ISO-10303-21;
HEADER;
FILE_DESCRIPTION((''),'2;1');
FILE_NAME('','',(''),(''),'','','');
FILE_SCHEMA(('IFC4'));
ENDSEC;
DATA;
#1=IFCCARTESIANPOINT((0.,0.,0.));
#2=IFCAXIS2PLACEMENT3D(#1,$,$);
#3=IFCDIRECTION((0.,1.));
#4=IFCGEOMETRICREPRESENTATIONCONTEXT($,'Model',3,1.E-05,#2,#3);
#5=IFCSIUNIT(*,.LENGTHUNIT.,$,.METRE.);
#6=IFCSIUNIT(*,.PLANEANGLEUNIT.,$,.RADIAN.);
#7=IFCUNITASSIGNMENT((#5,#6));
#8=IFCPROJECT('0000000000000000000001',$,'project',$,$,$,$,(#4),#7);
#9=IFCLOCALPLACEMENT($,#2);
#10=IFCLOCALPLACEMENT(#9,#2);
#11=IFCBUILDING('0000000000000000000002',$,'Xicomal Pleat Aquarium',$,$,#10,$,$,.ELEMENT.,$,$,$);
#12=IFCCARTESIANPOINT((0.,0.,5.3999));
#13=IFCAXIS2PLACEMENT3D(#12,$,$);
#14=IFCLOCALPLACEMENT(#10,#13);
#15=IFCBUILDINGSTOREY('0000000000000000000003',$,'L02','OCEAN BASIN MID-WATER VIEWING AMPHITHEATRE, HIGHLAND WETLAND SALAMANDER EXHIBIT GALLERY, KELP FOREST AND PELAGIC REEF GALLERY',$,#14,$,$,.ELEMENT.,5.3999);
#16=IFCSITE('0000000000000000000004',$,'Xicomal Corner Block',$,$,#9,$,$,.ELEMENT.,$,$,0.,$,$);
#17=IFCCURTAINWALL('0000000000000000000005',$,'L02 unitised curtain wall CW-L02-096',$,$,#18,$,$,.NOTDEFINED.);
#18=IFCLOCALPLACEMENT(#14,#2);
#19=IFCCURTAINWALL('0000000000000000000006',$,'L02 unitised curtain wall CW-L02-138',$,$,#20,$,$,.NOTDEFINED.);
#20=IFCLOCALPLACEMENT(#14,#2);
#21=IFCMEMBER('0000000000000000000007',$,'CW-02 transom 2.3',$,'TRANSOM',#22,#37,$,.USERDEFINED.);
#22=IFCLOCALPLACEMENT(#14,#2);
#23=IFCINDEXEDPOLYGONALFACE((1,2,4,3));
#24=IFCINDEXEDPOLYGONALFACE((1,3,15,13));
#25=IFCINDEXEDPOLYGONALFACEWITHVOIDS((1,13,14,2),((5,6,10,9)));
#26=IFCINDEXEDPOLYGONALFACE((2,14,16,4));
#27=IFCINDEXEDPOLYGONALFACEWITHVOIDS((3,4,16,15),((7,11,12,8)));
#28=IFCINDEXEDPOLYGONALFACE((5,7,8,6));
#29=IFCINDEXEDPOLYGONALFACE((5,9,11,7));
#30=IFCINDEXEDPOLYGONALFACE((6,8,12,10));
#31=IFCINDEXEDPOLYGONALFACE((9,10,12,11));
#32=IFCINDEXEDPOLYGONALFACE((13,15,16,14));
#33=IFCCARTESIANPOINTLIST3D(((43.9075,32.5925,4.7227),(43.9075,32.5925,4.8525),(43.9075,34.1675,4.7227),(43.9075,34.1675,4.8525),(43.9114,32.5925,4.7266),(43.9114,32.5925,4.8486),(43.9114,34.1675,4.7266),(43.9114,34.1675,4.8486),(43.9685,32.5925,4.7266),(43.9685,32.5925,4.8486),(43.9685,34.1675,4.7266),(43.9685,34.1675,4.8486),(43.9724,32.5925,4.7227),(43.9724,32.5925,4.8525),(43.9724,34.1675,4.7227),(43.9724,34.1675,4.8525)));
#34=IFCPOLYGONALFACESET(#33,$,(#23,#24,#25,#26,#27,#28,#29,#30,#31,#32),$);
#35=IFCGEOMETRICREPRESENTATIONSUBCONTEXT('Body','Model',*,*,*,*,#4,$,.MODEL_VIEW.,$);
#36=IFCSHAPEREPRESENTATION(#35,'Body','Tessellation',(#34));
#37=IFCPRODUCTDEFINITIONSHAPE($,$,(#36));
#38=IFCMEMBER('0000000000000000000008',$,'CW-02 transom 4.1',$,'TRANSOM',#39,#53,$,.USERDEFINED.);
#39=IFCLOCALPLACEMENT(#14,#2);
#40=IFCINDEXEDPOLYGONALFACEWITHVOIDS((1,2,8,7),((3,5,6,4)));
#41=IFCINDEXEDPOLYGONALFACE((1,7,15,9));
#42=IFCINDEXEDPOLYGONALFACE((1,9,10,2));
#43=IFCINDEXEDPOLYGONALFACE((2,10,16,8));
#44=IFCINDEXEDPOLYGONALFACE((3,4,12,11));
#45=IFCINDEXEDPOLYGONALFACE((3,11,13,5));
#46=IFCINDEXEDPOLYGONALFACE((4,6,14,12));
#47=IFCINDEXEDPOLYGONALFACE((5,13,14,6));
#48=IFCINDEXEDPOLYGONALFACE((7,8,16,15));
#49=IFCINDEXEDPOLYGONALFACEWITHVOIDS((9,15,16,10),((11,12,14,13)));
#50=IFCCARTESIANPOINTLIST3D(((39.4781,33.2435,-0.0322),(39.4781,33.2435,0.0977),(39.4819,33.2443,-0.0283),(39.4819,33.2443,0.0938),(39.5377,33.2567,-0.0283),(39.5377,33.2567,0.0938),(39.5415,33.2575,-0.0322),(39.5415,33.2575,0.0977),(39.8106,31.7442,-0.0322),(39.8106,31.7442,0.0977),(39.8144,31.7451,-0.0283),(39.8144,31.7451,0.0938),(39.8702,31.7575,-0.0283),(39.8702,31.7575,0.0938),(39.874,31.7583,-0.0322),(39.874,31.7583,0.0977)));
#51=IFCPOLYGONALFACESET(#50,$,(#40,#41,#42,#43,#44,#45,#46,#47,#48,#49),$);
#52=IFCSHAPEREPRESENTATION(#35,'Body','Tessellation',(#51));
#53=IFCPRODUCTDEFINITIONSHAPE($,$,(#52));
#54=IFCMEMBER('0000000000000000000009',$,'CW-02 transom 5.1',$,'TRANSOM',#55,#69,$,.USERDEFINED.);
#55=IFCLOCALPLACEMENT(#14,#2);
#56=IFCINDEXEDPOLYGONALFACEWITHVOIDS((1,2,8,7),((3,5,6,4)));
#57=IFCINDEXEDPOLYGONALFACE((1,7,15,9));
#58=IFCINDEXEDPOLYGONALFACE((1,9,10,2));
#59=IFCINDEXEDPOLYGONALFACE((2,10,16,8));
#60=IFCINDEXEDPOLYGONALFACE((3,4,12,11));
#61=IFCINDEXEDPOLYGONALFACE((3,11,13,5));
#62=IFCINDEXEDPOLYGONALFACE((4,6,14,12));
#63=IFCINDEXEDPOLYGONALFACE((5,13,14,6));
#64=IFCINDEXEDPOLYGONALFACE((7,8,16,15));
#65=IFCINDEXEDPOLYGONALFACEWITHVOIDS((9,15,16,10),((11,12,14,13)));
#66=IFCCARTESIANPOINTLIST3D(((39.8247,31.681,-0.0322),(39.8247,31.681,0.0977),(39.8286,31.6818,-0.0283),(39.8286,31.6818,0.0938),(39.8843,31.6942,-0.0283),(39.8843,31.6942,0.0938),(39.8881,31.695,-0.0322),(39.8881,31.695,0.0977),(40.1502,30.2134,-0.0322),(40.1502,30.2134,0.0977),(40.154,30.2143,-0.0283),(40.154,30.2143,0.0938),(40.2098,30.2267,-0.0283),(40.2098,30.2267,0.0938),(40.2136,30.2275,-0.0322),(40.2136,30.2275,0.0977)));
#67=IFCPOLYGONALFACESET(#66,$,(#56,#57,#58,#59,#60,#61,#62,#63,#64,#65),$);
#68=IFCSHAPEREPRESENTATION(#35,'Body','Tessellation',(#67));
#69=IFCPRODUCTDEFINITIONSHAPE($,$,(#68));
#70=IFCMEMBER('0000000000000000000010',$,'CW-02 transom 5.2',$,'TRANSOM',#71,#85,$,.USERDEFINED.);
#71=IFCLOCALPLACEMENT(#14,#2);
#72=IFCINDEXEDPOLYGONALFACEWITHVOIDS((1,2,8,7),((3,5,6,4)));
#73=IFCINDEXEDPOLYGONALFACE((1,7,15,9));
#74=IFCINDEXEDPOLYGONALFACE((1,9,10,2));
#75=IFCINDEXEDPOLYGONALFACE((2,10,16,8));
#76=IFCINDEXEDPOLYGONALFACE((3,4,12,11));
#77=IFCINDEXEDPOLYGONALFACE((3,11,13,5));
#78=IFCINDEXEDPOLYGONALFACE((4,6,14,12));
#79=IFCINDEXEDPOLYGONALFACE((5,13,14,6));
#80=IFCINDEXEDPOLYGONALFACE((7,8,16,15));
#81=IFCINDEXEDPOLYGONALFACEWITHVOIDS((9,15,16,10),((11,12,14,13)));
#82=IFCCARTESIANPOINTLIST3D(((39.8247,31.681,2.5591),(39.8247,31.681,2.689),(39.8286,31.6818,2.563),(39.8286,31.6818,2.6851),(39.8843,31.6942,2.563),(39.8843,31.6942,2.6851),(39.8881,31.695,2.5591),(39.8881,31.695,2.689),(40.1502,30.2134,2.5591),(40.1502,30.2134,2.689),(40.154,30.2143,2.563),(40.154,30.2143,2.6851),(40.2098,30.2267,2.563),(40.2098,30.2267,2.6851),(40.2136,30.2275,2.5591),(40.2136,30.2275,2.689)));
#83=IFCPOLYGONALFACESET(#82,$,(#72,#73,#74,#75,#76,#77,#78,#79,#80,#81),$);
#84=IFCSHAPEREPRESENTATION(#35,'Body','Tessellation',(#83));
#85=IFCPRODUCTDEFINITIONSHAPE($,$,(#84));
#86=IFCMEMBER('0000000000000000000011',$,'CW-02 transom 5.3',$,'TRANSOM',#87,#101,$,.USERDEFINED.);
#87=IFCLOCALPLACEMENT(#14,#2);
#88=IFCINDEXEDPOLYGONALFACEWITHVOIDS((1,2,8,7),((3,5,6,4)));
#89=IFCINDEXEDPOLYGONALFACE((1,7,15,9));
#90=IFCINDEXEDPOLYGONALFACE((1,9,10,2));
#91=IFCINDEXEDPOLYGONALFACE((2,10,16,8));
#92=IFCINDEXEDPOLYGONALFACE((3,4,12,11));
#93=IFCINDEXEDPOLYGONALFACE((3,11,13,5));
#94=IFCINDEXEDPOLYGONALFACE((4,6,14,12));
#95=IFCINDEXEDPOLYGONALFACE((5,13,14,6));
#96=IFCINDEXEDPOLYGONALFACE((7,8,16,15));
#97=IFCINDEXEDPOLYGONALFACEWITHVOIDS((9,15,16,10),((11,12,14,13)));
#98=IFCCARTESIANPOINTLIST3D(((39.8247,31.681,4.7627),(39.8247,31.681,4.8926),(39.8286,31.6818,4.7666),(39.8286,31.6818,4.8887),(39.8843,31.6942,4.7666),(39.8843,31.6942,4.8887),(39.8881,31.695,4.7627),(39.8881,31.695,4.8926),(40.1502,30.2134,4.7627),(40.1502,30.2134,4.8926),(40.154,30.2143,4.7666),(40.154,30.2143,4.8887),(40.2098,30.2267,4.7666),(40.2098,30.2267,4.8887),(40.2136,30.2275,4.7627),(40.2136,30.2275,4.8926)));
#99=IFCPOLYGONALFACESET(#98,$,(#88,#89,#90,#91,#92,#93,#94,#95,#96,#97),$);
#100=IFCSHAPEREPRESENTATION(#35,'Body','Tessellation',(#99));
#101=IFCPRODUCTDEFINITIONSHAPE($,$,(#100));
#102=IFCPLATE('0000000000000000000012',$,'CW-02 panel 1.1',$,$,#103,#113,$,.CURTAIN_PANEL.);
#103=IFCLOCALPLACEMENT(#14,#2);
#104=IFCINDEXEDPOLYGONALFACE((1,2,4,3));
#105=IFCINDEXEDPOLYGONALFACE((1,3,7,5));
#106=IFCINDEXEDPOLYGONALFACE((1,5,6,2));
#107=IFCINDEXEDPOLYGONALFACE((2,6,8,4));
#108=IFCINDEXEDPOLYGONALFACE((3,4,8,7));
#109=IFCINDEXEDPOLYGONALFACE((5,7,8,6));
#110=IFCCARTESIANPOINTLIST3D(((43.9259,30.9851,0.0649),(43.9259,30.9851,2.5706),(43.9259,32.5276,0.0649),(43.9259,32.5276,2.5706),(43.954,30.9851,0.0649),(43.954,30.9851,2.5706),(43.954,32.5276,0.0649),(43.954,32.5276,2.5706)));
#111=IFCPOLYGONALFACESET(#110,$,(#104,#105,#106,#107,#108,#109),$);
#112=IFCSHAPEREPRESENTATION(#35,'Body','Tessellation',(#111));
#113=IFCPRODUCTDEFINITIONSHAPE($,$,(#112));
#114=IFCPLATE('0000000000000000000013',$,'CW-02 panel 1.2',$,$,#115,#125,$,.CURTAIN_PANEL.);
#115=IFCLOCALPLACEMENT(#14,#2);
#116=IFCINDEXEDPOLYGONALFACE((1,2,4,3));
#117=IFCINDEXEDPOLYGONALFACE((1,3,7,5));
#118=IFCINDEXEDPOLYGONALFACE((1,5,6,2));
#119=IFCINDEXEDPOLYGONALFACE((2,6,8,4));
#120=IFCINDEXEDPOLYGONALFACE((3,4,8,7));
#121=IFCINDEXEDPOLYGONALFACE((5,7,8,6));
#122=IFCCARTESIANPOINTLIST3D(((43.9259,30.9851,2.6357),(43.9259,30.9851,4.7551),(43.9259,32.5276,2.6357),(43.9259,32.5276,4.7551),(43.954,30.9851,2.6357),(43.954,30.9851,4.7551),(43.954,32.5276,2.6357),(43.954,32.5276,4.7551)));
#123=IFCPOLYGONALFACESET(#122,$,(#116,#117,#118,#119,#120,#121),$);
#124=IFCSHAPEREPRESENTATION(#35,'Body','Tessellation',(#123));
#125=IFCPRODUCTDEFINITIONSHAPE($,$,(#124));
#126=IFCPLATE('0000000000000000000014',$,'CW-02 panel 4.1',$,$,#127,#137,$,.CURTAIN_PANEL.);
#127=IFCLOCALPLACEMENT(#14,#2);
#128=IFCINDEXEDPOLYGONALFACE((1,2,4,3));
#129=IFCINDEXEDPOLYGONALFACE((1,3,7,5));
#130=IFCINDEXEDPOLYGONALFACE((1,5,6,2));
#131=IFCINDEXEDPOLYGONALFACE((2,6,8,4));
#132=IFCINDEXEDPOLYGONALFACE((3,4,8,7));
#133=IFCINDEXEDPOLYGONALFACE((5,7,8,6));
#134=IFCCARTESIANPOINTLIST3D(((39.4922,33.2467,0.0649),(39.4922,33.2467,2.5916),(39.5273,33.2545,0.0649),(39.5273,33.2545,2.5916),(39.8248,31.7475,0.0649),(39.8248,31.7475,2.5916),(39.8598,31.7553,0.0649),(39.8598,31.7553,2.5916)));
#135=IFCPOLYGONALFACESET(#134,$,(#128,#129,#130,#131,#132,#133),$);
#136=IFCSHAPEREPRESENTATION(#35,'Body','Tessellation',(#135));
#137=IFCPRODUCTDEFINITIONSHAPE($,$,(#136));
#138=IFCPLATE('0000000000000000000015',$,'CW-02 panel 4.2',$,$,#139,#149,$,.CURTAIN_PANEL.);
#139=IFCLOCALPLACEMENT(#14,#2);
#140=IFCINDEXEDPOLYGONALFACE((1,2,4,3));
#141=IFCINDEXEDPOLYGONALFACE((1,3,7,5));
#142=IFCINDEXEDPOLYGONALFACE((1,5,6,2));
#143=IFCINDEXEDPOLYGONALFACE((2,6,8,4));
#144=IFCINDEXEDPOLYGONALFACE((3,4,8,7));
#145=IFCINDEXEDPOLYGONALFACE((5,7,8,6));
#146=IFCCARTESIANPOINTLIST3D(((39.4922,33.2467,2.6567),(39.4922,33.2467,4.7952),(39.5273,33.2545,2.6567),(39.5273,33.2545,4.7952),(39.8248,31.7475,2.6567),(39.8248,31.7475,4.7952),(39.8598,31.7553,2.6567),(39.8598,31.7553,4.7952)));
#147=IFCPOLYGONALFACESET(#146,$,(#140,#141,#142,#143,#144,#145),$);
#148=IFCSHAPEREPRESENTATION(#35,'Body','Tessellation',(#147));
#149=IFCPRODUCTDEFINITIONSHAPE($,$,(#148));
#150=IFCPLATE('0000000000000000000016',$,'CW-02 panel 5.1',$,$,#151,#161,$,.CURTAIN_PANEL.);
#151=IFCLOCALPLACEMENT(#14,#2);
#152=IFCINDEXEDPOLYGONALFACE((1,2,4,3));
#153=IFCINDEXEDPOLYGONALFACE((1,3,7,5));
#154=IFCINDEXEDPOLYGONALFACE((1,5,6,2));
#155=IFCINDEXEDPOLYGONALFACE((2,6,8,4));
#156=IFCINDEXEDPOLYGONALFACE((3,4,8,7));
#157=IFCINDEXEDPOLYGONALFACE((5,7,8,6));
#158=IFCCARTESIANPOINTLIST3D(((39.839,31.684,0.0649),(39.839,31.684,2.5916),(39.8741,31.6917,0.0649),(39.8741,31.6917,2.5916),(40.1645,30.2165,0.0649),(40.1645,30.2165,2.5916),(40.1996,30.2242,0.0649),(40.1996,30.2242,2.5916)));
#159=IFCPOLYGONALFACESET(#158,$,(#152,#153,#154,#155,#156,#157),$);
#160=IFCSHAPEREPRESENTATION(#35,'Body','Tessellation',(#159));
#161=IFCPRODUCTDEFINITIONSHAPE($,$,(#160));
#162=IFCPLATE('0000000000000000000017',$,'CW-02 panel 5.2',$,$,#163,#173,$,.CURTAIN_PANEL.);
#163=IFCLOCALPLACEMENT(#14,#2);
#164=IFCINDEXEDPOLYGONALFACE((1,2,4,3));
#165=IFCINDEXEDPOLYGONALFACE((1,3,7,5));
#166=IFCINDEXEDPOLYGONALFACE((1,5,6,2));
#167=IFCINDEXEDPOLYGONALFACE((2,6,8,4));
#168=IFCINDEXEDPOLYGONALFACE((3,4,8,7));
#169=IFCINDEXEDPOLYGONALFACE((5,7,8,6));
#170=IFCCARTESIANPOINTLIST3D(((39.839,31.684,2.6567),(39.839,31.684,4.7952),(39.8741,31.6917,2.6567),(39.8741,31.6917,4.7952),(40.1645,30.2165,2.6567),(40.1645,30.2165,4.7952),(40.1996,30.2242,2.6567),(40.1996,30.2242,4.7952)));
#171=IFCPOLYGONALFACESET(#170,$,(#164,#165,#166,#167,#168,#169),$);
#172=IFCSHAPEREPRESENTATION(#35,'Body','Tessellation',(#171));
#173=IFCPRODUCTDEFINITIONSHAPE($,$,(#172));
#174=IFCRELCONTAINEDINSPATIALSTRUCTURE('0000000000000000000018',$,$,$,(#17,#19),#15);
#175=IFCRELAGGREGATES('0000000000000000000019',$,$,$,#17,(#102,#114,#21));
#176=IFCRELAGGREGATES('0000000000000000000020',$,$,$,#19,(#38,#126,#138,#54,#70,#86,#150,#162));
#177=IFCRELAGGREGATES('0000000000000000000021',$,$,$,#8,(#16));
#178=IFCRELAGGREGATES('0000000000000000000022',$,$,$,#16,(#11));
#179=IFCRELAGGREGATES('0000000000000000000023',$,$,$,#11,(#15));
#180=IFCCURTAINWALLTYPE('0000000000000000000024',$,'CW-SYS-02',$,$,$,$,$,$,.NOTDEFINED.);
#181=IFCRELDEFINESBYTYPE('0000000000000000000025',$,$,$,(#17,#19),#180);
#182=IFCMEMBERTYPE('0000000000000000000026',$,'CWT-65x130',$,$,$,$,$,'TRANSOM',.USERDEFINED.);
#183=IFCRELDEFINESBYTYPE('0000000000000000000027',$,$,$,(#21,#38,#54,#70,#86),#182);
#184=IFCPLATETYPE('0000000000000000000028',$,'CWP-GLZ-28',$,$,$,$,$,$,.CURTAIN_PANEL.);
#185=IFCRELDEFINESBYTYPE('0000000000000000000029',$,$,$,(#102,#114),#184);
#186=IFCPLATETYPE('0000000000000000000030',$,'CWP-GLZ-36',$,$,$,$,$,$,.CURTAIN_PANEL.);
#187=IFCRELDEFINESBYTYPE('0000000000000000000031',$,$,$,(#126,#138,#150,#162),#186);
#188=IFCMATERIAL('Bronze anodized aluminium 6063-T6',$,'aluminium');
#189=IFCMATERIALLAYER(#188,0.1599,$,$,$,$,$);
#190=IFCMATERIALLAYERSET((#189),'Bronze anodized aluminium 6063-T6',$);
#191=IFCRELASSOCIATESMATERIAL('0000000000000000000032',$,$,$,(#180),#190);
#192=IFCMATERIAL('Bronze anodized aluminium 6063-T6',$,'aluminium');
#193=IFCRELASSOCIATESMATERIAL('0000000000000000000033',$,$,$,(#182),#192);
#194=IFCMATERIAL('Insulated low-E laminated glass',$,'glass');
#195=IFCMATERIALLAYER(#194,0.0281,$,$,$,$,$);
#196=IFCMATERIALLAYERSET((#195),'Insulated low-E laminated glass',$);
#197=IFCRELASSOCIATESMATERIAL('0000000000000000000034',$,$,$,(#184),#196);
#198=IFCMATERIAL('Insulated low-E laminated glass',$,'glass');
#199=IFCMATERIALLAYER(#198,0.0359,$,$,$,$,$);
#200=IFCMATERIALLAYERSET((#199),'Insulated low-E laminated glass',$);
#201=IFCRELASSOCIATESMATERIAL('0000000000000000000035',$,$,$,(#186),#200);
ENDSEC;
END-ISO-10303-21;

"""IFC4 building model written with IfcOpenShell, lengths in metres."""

from ifc_helpers import new_model, si_unit, direction, frame, origin, origin_2d, place, context, subcontext, project, spatial, rectangle, hollow_rectangle, extrude, material, layer, layer_set, material_profile, profile_set, type_object, element, aggregate, save


model = new_model("IFC4")

# Units and contexts
model_context = context("Model", 3, precision=1e-05, world=origin(), true_north=direction((0.0, 1.0)))
body_context = subcontext(model_context, "Body", "Model", "MODEL_VIEW")
ifc_project = project(units=[si_unit("LENGTHUNIT", "METRE"), si_unit("PLANEANGLEUNIT", "RADIAN")], contexts=[model_context])

# Site, building, storey
site_placement = place(None, origin())
site = spatial("IfcSite", under=ifc_project, at=site_placement, Name="Xicomal Corner Block", CompositionType="ELEMENT", RefElevation=0.0)
building_placement = place(site_placement, origin())
building = spatial("IfcBuilding", under=site, at=building_placement, Name="Xicomal Pleat Aquarium", CompositionType="ELEMENT")
storey_placement = place(building_placement, frame((0.0, 0.0, 5.3999)))
storey = spatial("IfcBuildingStorey", under=building, at=storey_placement, Name="L02", Description="OCEAN BASIN MID-WATER VIEWING AMPHITHEATRE, HIGHLAND WETLAND SALAMANDER EXHIBIT GALLERY, KELP FOREST AND PELAGIC REEF GALLERY", CompositionType="ELEMENT", Elevation=5.3999)

# Curtain wall
ifc_material_1 = material(Name="Bronze anodized aluminium 6063-T6", Category="aluminium")
ifc_layer_1 = layer(ifc_material_1, 0.1599)
ifc_layer_set_1 = layer_set([ifc_layer_1], Name="Bronze anodized aluminium 6063-T6")
curtain_wall_type = type_object("IfcCurtainWallType", Name="CW-SYS-02", PredefinedType="NOTDEFINED", material=ifc_layer_set_1)
curtain_wall_1_placement = place(storey_placement, origin())
curtain_wall_1 = element("IfcCurtainWall", 1, at=curtain_wall_1_placement, inside=storey, type_object=curtain_wall_type, Name="L02 unitised curtain wall CW-L02-096", PredefinedType="NOTDEFINED")

# Curtain wall
curtain_wall_2_placement = place(storey_placement, origin())
curtain_wall_2 = element("IfcCurtainWall", 2, at=curtain_wall_2_placement, inside=storey, type_object=curtain_wall_type, Name="L02 unitised curtain wall CW-L02-138", PredefinedType="NOTDEFINED")

# Members
ifc_material_2 = material(Name="Bronze anodized aluminium 6063-T6", Category="aluminium")
ifc_material_profile_1 = material_profile(ifc_material_2, hollow_rectangle(XDim=0.0649, YDim=0.1299, WallThickness=0.0039, at=origin_2d()), Name="ALU TRAN 65x130")
ifc_profile_set_1 = profile_set([ifc_material_profile_1], Name="Bronze anodized aluminium 6063-T6")
member_type_1 = type_object("IfcMemberType", Name="CWT-65x130", ElementType="TRANSOM", PredefinedType="USERDEFINED", material=ifc_profile_set_1)
member_1_placement = place(storey_placement, frame((43.9399, 32.5925, 4.7876), z_axis=(0.0, 1.0, 0.0), x_axis=(-1.0, 0.0, 0.0)))
member_1 = element("IfcMember", 3, at=member_1_placement, type_object=member_type_1, Name="CW-02 transom 2.3", ObjectType="TRANSOM", PredefinedType="USERDEFINED", context=body_context, shape_type="SweptSolid", body=[
    extrude(hollow_rectangle(XDim=0.0649, YDim=0.1299, WallThickness=0.0039, at=origin_2d()), origin(), (0.0, 0.0, 1.0), 1.575),
])
member_2_placement = place(storey_placement, frame((39.5098, 33.2505, 0.0327), z_axis=(0.216526, -0.976277, 0.0), x_axis=(0.976277, 0.216526, 0.0)))
member_2 = element("IfcMember", 4, at=member_2_placement, type_object=member_type_1, Name="CW-02 transom 4.1", ObjectType="TRANSOM", PredefinedType="USERDEFINED", context=body_context, shape_type="SweptSolid", body=[
    extrude(hollow_rectangle(XDim=0.0649, YDim=0.1299, WallThickness=0.0039, at=origin_2d()), origin(), (0.0, 0.0, 1.0), 1.5356),
])
member_3_placement = place(storey_placement, frame((39.8564, 31.688, 0.0327), z_axis=(0.216501, -0.976283, 0.0), x_axis=(0.976283, 0.216501, 0.0)))
member_3 = element("IfcMember", 5, at=member_3_placement, type_object=member_type_1, Name="CW-02 transom 5.1", ObjectType="TRANSOM", PredefinedType="USERDEFINED", context=body_context, shape_type="SweptSolid", body=[
    extrude(hollow_rectangle(XDim=0.0649, YDim=0.1299, WallThickness=0.0039, at=origin_2d()), origin(), (0.0, 0.0, 1.0), 1.5032),
])
member_4_placement = place(storey_placement, frame((39.8564, 31.688, 2.624), z_axis=(0.216501, -0.976283, 0.0), x_axis=(0.976283, 0.216501, 0.0)))
member_4 = element("IfcMember", 6, at=member_4_placement, type_object=member_type_1, Name="CW-02 transom 5.2", ObjectType="TRANSOM", PredefinedType="USERDEFINED", context=body_context, shape_type="SweptSolid", body=[
    extrude(hollow_rectangle(XDim=0.0649, YDim=0.1299, WallThickness=0.0039, at=origin_2d()), origin(), (0.0, 0.0, 1.0), 1.5032),
])
member_5_placement = place(storey_placement, frame((39.8564, 31.688, 4.8276), z_axis=(0.216501, -0.976283, 0.0), x_axis=(0.976283, 0.216501, 0.0)))
member_5 = element("IfcMember", 7, at=member_5_placement, type_object=member_type_1, Name="CW-02 transom 5.3", ObjectType="TRANSOM", PredefinedType="USERDEFINED", context=body_context, shape_type="SweptSolid", body=[
    extrude(hollow_rectangle(XDim=0.0649, YDim=0.1299, WallThickness=0.0039, at=origin_2d()), origin(), (0.0, 0.0, 1.0), 1.5032),
])

# Plates
ifc_material_3 = material(Name="Insulated low-E laminated glass", Category="glass")
ifc_layer_2 = layer(ifc_material_3, 0.0281)
ifc_layer_set_2 = layer_set([ifc_layer_2], Name="Insulated low-E laminated glass")
plate_type_1 = type_object("IfcPlateType", Name="CWP-GLZ-28", PredefinedType="CURTAIN_PANEL", material=ifc_layer_set_2)
plate_1_placement = place(storey_placement, frame((43.9399, 31.7563, 0.0649), z_axis=(0.0, 0.0, 1.0), x_axis=(0.0, 1.0, 0.0)))
plate_1 = element("IfcPlate", 8, at=plate_1_placement, type_object=plate_type_1, Name="CW-02 panel 1.1", PredefinedType="CURTAIN_PANEL", context=body_context, shape_type="SweptSolid", body=[
    extrude(rectangle(XDim=1.5425, YDim=0.0281, at=origin_2d()), origin(), (0.0, 0.0, 1.0), 2.5056),
])
plate_2_placement = place(storey_placement, frame((43.9399, 31.7563, 2.6357), z_axis=(0.0, 0.0, 1.0), x_axis=(0.0, 1.0, 0.0)))
plate_2 = element("IfcPlate", 9, at=plate_2_placement, type_object=plate_type_1, Name="CW-02 panel 1.2", PredefinedType="CURTAIN_PANEL", context=body_context, shape_type="SweptSolid", body=[
    extrude(rectangle(XDim=1.5425, YDim=0.0281, at=origin_2d()), origin(), (0.0, 0.0, 1.0), 2.1194),
])
aggregate(curtain_wall_1, [plate_1, plate_2, member_1])
ifc_material_4 = material(Name="Insulated low-E laminated glass", Category="glass")
ifc_layer_3 = layer(ifc_material_4, 0.0359)
ifc_layer_set_3 = layer_set([ifc_layer_3], Name="Insulated low-E laminated glass")
plate_type_2 = type_object("IfcPlateType", Name="CWP-GLZ-36", PredefinedType="CURTAIN_PANEL", material=ifc_layer_set_3)
plate_3_placement = place(storey_placement, frame((39.676, 32.501, 0.0649), z_axis=(0.0, 0.0, 1.0), x_axis=(0.216547, -0.976272, 0.0)))
plate_3 = element("IfcPlate", 10, at=plate_3_placement, type_object=plate_type_2, Name="CW-02 panel 4.1", PredefinedType="CURTAIN_PANEL", context=body_context, shape_type="SweptSolid", body=[
    extrude(rectangle(XDim=1.5356, YDim=0.0359, at=origin_2d()), origin(), (0.0, 0.0, 1.0), 2.5266),
])
plate_4_placement = place(storey_placement, frame((39.676, 32.501, 2.6567), z_axis=(0.0, 0.0, 1.0), x_axis=(0.216547, -0.976272, 0.0)))
plate_4 = element("IfcPlate", 11, at=plate_4_placement, type_object=plate_type_2, Name="CW-02 panel 4.2", PredefinedType="CURTAIN_PANEL", context=body_context, shape_type="SweptSolid", body=[
    extrude(rectangle(XDim=1.5356, YDim=0.0359, at=origin_2d()), origin(), (0.0, 0.0, 1.0), 2.1384),
])
plate_5_placement = place(storey_placement, frame((40.0193, 30.9541, 0.0649), z_axis=(0.0, 0.0, 1.0), x_axis=(0.216547, -0.976272, 0.0)))
plate_5 = element("IfcPlate", 12, at=plate_5_placement, type_object=plate_type_2, Name="CW-02 panel 5.1", PredefinedType="CURTAIN_PANEL", context=body_context, shape_type="SweptSolid", body=[
    extrude(rectangle(XDim=1.5032, YDim=0.0359, at=origin_2d()), origin(), (0.0, 0.0, 1.0), 2.5266),
])
plate_6_placement = place(storey_placement, frame((40.0193, 30.9541, 2.6567), z_axis=(0.0, 0.0, 1.0), x_axis=(0.216547, -0.976272, 0.0)))
plate_6 = element("IfcPlate", 13, at=plate_6_placement, type_object=plate_type_2, Name="CW-02 panel 5.2", PredefinedType="CURTAIN_PANEL", context=body_context, shape_type="SweptSolid", body=[
    extrude(rectangle(XDim=1.5032, YDim=0.0359, at=origin_2d()), origin(), (0.0, 0.0, 1.0), 2.1384),
])
aggregate(curtain_wall_2, [member_2, plate_3, plate_4, member_3, member_4, member_5, plate_5, plate_6])

save(model, "model.ifc")
